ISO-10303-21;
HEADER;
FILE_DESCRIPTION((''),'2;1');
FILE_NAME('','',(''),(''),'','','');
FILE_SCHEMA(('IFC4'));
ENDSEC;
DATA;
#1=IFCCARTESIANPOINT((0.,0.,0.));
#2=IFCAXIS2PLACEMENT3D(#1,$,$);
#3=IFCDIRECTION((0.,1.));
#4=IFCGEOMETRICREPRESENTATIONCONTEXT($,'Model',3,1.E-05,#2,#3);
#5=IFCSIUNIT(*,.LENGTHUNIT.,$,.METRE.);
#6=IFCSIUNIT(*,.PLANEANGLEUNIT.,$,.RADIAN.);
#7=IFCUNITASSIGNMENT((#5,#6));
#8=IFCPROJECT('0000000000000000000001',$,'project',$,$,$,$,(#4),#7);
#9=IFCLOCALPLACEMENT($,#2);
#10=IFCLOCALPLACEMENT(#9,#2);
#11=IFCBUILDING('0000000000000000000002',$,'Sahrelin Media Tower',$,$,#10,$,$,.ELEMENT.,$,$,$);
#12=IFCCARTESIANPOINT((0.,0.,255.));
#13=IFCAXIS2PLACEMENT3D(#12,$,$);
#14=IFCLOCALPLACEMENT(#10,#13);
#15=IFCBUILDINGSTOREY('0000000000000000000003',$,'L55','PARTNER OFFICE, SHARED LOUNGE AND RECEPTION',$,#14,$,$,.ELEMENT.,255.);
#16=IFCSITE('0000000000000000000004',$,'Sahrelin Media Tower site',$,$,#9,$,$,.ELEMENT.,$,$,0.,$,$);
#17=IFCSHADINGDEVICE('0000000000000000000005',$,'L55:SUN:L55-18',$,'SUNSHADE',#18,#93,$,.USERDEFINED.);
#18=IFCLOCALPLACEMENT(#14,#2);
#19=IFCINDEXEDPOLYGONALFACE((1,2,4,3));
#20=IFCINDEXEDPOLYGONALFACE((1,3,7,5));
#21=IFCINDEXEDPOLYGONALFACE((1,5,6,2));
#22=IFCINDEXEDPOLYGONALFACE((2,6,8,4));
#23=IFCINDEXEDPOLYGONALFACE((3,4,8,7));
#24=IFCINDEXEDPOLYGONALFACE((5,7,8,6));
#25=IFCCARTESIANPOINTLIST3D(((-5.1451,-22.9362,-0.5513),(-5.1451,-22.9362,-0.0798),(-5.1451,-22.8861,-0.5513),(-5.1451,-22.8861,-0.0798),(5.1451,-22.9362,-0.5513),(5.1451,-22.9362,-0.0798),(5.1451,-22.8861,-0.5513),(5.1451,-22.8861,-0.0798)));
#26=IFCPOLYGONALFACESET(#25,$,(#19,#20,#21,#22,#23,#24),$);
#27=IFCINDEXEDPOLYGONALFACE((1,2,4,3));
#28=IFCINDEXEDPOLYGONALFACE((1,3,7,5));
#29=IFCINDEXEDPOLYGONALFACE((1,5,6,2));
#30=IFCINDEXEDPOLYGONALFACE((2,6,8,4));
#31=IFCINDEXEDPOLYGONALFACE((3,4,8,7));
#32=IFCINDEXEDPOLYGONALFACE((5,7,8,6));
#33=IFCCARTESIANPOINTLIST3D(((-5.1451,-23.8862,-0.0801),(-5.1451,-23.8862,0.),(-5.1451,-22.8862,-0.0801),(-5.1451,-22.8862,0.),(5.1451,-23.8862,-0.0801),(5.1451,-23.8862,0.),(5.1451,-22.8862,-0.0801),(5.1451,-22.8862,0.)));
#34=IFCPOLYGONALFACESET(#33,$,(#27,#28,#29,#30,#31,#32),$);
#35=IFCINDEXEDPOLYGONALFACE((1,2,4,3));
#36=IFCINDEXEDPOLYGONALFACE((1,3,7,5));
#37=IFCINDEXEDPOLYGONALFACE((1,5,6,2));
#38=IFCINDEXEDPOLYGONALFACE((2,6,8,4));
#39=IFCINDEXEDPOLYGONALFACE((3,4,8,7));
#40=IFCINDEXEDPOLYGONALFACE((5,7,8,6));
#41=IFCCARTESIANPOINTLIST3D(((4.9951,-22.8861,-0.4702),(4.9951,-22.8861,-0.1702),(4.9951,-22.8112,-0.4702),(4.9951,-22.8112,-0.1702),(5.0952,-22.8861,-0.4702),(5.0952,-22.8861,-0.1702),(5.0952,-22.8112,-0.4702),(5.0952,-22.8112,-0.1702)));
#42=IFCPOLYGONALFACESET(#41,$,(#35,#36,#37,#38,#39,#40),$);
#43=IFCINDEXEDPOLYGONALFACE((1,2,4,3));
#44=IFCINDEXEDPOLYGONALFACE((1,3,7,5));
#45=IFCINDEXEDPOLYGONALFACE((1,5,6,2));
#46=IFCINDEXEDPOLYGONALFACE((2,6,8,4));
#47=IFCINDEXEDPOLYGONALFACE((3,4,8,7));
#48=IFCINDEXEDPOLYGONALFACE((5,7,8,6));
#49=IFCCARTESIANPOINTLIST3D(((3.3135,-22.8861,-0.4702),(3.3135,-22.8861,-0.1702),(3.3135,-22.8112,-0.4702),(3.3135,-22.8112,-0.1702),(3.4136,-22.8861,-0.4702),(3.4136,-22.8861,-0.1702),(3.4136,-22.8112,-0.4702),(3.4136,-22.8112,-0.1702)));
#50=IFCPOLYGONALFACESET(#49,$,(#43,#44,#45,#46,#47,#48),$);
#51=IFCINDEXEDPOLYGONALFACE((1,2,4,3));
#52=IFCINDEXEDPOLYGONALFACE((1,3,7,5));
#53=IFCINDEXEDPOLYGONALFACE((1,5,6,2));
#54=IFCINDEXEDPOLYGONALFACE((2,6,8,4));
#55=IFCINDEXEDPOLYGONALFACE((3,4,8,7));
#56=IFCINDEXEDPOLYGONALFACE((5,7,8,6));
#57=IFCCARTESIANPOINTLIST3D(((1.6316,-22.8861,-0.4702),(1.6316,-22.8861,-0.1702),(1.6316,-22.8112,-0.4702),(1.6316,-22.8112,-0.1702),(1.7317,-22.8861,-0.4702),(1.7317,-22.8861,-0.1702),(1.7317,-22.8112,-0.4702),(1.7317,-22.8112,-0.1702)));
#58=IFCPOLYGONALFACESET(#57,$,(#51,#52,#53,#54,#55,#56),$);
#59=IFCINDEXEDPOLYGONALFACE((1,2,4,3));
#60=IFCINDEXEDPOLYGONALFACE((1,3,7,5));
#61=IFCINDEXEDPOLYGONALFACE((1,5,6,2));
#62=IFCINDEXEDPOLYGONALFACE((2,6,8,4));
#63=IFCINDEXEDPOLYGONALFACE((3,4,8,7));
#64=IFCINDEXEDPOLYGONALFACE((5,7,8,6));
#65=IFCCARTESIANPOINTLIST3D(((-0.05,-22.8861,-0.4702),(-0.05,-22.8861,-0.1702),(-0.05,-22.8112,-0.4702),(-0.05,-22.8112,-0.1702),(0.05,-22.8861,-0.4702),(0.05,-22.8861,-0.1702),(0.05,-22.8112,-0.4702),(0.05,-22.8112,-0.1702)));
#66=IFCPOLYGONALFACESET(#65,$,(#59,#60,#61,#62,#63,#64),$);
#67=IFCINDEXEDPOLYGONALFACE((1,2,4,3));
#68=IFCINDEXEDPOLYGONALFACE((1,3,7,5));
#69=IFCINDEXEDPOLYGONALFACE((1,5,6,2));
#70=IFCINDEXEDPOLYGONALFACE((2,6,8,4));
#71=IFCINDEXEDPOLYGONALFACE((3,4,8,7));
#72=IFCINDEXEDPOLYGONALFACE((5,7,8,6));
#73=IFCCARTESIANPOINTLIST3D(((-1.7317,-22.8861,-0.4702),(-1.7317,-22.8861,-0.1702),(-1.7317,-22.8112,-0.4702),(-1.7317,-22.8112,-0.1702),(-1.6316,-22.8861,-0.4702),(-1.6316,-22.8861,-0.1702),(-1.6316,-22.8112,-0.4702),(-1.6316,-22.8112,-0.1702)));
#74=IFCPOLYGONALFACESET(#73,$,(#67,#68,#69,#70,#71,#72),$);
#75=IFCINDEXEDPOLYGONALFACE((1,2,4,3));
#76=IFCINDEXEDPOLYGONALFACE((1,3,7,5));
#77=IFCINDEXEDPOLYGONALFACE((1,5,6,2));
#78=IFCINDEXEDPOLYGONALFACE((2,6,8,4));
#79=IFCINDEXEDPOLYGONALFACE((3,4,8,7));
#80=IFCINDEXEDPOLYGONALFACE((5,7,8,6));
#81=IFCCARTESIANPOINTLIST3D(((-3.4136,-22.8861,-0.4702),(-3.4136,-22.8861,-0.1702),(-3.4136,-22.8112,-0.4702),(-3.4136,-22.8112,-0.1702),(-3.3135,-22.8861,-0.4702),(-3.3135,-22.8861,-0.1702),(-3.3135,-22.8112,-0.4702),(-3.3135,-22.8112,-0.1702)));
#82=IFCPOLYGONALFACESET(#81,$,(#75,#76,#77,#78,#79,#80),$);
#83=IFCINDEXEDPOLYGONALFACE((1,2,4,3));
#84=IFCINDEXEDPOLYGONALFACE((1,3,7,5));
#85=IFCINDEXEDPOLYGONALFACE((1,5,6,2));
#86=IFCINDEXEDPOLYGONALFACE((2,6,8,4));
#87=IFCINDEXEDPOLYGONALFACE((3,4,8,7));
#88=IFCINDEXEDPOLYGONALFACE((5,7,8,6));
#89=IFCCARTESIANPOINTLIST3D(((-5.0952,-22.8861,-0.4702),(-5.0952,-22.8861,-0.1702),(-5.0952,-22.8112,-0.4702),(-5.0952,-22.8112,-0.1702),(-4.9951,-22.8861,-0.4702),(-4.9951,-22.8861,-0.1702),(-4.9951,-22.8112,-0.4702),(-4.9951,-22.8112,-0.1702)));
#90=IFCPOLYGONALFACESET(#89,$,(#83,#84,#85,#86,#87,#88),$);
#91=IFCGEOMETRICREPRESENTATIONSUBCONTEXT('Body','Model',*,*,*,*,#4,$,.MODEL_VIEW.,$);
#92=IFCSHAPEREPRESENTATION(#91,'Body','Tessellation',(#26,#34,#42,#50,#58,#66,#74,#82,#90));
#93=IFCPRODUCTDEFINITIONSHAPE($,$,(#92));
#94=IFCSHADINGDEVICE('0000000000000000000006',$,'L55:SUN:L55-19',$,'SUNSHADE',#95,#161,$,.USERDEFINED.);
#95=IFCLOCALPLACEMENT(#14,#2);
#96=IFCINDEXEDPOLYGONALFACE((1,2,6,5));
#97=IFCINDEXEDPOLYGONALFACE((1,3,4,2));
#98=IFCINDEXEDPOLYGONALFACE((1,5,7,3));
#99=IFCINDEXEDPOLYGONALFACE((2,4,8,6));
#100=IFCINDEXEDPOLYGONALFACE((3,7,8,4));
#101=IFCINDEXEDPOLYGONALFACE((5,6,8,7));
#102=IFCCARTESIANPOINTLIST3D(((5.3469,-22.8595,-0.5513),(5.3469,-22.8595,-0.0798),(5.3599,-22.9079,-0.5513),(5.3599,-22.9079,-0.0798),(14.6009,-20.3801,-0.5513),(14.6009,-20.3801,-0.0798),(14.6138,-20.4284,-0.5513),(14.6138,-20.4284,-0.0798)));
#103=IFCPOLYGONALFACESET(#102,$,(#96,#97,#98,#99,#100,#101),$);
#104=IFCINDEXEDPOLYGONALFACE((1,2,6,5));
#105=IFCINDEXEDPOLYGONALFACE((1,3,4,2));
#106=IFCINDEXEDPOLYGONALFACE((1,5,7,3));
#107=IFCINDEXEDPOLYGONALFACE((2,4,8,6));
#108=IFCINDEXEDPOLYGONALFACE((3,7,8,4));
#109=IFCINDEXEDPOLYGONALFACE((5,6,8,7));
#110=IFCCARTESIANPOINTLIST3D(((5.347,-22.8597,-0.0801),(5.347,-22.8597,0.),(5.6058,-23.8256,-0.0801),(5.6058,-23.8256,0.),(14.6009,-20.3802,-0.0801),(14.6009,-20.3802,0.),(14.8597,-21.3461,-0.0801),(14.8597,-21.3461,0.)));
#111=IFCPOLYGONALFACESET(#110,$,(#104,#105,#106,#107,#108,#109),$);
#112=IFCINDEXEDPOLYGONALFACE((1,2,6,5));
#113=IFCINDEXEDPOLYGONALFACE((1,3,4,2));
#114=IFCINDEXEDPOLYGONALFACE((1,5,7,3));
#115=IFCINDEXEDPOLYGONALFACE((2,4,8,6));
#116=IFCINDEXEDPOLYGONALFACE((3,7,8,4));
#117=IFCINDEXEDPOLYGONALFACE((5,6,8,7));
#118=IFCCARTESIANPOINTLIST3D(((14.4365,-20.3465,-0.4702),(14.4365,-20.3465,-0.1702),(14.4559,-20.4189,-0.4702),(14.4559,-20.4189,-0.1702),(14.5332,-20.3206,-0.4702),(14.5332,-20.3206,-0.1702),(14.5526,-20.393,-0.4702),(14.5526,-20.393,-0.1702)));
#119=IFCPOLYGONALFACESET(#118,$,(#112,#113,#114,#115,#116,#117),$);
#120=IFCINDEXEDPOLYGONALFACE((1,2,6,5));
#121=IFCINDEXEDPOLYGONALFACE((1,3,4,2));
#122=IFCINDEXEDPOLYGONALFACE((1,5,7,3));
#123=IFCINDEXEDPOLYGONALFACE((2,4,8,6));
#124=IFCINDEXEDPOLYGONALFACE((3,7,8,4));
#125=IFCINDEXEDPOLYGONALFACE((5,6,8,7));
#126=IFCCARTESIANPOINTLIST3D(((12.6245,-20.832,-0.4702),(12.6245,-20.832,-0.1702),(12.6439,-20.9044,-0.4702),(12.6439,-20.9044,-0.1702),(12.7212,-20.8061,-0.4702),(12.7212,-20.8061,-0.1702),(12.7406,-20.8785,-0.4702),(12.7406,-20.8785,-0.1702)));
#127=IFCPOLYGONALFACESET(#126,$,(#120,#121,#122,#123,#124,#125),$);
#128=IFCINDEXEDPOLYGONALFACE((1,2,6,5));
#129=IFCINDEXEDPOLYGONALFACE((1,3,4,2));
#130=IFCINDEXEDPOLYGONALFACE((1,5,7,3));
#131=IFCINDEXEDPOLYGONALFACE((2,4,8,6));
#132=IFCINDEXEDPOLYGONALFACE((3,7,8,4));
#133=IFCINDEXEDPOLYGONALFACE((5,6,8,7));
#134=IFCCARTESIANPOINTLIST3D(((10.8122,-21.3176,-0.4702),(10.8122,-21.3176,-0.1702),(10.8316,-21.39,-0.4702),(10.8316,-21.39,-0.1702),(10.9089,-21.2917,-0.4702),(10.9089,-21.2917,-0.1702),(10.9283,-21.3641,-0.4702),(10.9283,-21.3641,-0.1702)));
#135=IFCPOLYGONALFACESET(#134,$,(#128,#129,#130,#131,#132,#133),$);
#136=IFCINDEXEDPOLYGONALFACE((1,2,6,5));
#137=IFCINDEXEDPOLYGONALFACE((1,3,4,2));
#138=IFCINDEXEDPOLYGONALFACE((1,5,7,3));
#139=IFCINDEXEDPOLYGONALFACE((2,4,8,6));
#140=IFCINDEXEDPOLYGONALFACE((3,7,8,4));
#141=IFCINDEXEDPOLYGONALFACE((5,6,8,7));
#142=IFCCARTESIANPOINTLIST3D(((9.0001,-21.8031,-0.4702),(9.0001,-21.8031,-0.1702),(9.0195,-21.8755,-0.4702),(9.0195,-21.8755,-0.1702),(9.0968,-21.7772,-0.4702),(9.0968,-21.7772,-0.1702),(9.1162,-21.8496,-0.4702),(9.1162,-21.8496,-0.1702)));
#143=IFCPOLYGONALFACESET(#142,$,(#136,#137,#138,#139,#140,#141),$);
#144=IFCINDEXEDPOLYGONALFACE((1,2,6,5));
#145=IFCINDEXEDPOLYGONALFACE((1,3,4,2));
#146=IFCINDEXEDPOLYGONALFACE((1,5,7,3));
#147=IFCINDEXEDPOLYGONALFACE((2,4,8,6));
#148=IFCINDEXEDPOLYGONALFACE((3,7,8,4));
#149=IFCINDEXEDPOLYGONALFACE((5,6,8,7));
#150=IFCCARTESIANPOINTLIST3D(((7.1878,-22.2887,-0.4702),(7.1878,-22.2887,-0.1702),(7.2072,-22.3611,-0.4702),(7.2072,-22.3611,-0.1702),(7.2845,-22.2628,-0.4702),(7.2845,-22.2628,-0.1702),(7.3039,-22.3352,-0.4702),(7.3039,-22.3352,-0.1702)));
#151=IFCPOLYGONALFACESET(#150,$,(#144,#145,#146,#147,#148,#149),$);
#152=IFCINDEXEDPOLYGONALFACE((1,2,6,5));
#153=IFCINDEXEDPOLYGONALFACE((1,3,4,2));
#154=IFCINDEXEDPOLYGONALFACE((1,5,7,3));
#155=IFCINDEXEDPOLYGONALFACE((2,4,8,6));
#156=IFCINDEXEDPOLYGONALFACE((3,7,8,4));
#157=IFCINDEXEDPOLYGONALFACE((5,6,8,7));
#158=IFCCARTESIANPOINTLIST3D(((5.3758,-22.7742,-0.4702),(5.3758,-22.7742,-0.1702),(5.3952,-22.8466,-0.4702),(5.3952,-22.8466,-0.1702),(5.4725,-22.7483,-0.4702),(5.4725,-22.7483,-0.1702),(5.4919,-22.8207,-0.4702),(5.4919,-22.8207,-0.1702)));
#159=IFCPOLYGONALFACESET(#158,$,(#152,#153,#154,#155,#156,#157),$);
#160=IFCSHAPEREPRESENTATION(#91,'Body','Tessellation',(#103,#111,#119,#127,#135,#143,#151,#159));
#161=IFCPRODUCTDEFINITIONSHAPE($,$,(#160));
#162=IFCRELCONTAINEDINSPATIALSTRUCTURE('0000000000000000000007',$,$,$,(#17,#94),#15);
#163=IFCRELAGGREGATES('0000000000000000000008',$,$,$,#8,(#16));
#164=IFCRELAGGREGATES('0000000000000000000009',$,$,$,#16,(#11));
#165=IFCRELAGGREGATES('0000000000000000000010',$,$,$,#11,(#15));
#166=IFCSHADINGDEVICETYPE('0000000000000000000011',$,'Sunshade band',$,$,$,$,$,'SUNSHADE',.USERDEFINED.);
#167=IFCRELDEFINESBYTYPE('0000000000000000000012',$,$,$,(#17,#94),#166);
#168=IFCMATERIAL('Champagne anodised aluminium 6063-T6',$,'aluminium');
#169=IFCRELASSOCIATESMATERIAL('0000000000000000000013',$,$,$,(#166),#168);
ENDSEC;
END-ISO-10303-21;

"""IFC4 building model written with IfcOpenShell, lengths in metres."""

from ifc_helpers import new_model, si_unit, direction, frame, origin, origin_2d, place, context, subcontext, project, spatial, rectangle, extrude, material, type_object, element, save


model = new_model("IFC4")

# Units and contexts
model_context = context("Model", 3, precision=1e-05, world=origin(), true_north=direction((0.0, 1.0)))
body_context = subcontext(model_context, "Body", "Model", "MODEL_VIEW")
ifc_project = project(units=[si_unit("LENGTHUNIT", "METRE"), si_unit("PLANEANGLEUNIT", "RADIAN")], contexts=[model_context])

# Site, building, storey
site_placement = place(None, origin())
site = spatial("IfcSite", under=ifc_project, at=site_placement, Name="Sahrelin Media Tower site", CompositionType="ELEMENT", RefElevation=0.0)
building_placement = place(site_placement, origin())
building = spatial("IfcBuilding", under=site, at=building_placement, Name="Sahrelin Media Tower", CompositionType="ELEMENT")
storey_placement = place(building_placement, frame((0.0, 0.0, 255.0)))
storey = spatial("IfcBuildingStorey", under=building, at=storey_placement, Name="L55", Description="PARTNER OFFICE, SHARED LOUNGE AND RECEPTION", CompositionType="ELEMENT", Elevation=255.0)

# Shared definitions
ifc_material_1 = material(Name="Champagne anodised aluminium 6063-T6", Category="aluminium")

# Shading devices
placement_1 = place(storey_placement, frame((0.0, -22.8662, 0.0), z_axis=(0.0, 0.0, 1.0), x_axis=(-1.0, 0.0, 0.0)))
placement_2 = place(storey_placement, frame((9.9688, -21.6006, 0.0), z_axis=(0.0, 0.0, 1.0), x_axis=(-0.965929, -0.258808, 0.0)))
shading_device_type_1 = type_object("IfcShadingDeviceType", Name="Sunshade band", ElementType="SUNSHADE", PredefinedType="USERDEFINED", material=ifc_material_1)
element("IfcShadingDevice", 1, at=placement_1, inside=storey, type_object=shading_device_type_1, Name="L55:SUN:L55-18", ObjectType="SUNSHADE", PredefinedType="USERDEFINED", context=body_context, shape_type="SweptSolid", body=[
    extrude(rectangle(XDim=10.2903, YDim=0.05, at=origin_2d()), frame((0.0, 0.0449, -0.5513)), (0.0, 0.0, 1.0), 0.4714),
    extrude(rectangle(XDim=10.2903, YDim=1.0, at=origin_2d()), frame((0.0, 0.52, -0.0801)), (0.0, 0.0, 1.0), 0.0801),
    extrude(rectangle(XDim=0.1001, YDim=0.075, at=origin_2d()), frame((-5.0452, -0.0176, -0.4702)), (0.0, 0.0, 1.0), 0.3),
    extrude(rectangle(XDim=0.1001, YDim=0.075, at=origin_2d()), frame((-3.3635, -0.0176, -0.4702)), (0.0, 0.0, 1.0), 0.3),
    extrude(rectangle(XDim=0.1001, YDim=0.075, at=origin_2d()), frame((-1.6816, -0.0176, -0.4702)), (0.0, 0.0, 1.0), 0.3),
    extrude(rectangle(XDim=0.1001, YDim=0.075, at=origin_2d()), frame((0.0, -0.0176, -0.4702)), (0.0, 0.0, 1.0), 0.3),
    extrude(rectangle(XDim=0.1001, YDim=0.075, at=origin_2d()), frame((1.6816, -0.0176, -0.4702)), (0.0, 0.0, 1.0), 0.3),
    extrude(rectangle(XDim=0.1001, YDim=0.075, at=origin_2d()), frame((3.3635, -0.0176, -0.4702)), (0.0, 0.0, 1.0), 0.3),
    extrude(rectangle(XDim=0.1001, YDim=0.075, at=origin_2d()), frame((5.0452, -0.0176, -0.4702)), (0.0, 0.0, 1.0), 0.3),
])
element("IfcShadingDevice", 2, at=placement_2, inside=storey, type_object=shading_device_type_1, Name="L55:SUN:L55-19", ObjectType="SUNSHADE", PredefinedType="USERDEFINED", context=body_context, shape_type="SweptSolid", body=[
    extrude(rectangle(XDim=9.5803, YDim=0.05, at=origin_2d()), frame((0.0, 0.0449, -0.5513)), (0.0, 0.0, 1.0), 0.4714),
    extrude(rectangle(XDim=9.5803, YDim=1.0, at=origin_2d()), frame((0.0, 0.52, -0.0801)), (0.0, 0.0, 1.0), 0.0801),
    extrude(rectangle(XDim=0.1001, YDim=0.075, at=origin_2d()), frame((-4.6902, -0.0176, -0.4702)), (0.0, 0.0, 1.0), 0.3),
    extrude(rectangle(XDim=0.1001, YDim=0.075, at=origin_2d()), frame((-2.8142, -0.0176, -0.4702)), (0.0, 0.0, 1.0), 0.3),
    extrude(rectangle(XDim=0.1001, YDim=0.075, at=origin_2d()), frame((-0.938, -0.0176, -0.4702)), (0.0, 0.0, 1.0), 0.3),
    extrude(rectangle(XDim=0.1001, YDim=0.075, at=origin_2d()), frame((0.938, -0.0176, -0.4702)), (0.0, 0.0, 1.0), 0.3),
    extrude(rectangle(XDim=0.1001, YDim=0.075, at=origin_2d()), frame((2.8142, -0.0176, -0.4702)), (0.0, 0.0, 1.0), 0.3),
    extrude(rectangle(XDim=0.1001, YDim=0.075, at=origin_2d()), frame((4.6902, -0.0176, -0.4702)), (0.0, 0.0, 1.0), 0.3),
])

save(model, "model.ifc")
